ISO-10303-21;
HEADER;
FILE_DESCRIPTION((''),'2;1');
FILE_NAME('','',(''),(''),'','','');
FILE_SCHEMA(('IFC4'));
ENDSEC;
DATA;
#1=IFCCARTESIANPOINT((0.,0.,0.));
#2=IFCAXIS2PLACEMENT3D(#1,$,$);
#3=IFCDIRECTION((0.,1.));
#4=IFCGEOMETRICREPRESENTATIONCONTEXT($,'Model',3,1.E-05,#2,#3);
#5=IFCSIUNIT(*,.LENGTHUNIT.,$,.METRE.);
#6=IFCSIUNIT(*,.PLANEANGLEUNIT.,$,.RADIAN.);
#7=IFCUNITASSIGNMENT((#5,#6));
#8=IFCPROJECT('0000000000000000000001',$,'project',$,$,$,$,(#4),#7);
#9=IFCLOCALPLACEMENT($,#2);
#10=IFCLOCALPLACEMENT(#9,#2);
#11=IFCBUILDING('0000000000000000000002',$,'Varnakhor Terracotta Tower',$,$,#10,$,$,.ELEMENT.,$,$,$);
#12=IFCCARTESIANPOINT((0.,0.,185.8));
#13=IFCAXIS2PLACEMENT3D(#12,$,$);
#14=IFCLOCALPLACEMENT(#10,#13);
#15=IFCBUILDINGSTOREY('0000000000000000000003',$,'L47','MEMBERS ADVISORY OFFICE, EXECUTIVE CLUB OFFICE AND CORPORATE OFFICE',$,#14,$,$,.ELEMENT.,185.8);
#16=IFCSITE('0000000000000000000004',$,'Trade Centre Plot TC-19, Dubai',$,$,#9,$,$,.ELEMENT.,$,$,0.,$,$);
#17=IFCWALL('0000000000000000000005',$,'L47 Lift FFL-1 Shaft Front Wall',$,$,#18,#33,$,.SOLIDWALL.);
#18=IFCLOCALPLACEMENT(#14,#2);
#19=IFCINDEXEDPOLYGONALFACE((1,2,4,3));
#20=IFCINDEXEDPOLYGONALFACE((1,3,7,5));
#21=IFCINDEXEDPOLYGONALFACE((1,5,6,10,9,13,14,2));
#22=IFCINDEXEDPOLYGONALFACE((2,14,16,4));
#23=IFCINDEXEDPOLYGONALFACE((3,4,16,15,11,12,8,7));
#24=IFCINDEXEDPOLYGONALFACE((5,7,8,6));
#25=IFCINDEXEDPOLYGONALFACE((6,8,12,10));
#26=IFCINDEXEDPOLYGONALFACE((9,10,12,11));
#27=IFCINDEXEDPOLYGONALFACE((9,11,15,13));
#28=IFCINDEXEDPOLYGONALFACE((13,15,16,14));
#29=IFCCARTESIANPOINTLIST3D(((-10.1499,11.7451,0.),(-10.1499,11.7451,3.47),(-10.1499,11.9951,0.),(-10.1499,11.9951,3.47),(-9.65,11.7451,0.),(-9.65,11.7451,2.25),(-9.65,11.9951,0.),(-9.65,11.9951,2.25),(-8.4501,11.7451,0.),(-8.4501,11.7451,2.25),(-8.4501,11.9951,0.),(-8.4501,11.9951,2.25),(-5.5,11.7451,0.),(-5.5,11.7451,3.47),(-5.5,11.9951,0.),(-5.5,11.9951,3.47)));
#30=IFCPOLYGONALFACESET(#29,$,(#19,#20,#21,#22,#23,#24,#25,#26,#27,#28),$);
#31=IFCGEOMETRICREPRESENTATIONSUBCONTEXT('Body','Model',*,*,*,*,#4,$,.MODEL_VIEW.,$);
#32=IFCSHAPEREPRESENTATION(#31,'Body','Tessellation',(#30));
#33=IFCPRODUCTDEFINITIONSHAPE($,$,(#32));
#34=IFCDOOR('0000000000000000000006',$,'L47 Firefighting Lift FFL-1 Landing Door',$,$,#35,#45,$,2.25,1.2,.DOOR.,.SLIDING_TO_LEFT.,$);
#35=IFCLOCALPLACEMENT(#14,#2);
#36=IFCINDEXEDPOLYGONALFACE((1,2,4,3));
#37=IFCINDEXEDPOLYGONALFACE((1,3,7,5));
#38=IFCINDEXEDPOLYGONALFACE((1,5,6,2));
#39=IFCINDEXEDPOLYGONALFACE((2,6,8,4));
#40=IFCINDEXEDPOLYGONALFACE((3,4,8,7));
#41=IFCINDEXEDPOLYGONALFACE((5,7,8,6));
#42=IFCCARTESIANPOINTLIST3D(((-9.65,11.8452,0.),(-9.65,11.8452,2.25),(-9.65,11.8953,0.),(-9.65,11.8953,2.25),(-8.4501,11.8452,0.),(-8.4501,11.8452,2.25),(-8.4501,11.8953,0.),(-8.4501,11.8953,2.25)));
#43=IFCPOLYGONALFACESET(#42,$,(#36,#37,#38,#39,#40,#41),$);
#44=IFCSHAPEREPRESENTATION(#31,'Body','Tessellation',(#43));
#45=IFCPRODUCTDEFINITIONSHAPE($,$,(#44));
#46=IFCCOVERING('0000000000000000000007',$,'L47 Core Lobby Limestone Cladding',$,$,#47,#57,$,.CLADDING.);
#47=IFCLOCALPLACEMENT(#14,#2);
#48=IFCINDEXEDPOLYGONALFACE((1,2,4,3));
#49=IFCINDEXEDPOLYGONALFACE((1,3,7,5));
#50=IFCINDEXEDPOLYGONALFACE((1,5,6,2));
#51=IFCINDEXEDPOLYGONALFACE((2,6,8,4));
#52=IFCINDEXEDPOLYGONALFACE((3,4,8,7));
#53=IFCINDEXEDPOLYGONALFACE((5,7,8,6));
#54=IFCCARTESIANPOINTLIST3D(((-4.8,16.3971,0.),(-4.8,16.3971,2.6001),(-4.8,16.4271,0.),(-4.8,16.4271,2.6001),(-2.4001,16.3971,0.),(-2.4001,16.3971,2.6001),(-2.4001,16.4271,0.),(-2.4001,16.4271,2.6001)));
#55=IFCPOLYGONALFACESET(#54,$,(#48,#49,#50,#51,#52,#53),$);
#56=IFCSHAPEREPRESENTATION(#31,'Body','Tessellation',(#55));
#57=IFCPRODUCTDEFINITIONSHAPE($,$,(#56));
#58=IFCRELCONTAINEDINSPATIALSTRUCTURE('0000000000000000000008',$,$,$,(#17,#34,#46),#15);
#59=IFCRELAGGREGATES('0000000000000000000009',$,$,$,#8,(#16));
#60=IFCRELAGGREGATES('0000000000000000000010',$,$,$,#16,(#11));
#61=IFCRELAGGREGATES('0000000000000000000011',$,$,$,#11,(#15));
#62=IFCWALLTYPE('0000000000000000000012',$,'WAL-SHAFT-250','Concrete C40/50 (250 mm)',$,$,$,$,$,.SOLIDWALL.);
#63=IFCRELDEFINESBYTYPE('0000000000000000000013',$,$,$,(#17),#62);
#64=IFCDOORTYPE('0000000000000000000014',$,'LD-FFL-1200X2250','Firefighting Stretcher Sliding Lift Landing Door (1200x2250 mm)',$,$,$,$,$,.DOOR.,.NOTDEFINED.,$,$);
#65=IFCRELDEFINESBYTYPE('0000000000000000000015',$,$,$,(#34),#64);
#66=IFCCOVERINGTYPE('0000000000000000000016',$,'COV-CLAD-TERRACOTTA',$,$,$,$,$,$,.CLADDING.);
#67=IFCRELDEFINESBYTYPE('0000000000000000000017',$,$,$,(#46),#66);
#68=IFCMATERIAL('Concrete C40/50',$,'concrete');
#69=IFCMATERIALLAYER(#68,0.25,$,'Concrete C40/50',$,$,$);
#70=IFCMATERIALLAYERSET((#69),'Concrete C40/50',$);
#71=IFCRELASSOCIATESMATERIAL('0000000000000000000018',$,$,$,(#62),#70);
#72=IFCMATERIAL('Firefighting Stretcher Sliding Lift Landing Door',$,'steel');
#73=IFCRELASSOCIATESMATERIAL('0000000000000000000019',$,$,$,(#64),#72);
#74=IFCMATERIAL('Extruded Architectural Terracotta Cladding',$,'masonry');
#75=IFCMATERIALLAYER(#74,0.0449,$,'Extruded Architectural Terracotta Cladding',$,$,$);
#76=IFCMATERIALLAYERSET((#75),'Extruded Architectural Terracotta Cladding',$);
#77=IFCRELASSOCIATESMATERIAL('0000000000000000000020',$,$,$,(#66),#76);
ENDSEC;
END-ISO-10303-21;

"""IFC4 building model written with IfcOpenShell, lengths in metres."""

from ifc_helpers import new_model, si_unit, direction, frame, frame_2d, origin, origin_2d, place, context, subcontext, project, spatial, rectangle, extrude, source, transform, mapped, material, layer, layer_set, type_object, type_shapes, element, fill, save


model = new_model("IFC4")

# Units and contexts
model_context = context("Model", 3, precision=1e-05, world=origin(), true_north=direction((0.0, 1.0)))
body_context = subcontext(model_context, "Body", "Model", "MODEL_VIEW")
ifc_project = project(units=[si_unit("LENGTHUNIT", "METRE"), si_unit("PLANEANGLEUNIT", "RADIAN")], contexts=[model_context])

# Site, building, storey
site_placement = place(None, origin())
site = spatial("IfcSite", under=ifc_project, at=site_placement, Name="Trade Centre Plot TC-19, Dubai", CompositionType="ELEMENT", RefElevation=0.0)
building_placement = place(site_placement, origin())
building = spatial("IfcBuilding", under=site, at=building_placement, Name="Varnakhor Terracotta Tower", CompositionType="ELEMENT")
storey_placement = place(building_placement, frame((0.0, 0.0, 185.8)))
storey = spatial("IfcBuildingStorey", under=building, at=storey_placement, Name="L47", Description="MEMBERS ADVISORY OFFICE, EXECUTIVE CLUB OFFICE AND CORPORATE OFFICE", CompositionType="ELEMENT", Elevation=185.8)

# Shared definitions
ifc_material_1 = material(Name="Concrete C40/50", Category="concrete")

# Wall, opening, door
ifc_layer_1 = layer(ifc_material_1, 0.25, Name="Concrete C40/50")
ifc_layer_set_1 = layer_set([ifc_layer_1], Name="Concrete C40/50")
wall_type_1 = type_object("IfcWallType", Name="WAL-SHAFT-250", Description="Concrete C40/50 (250 mm)", PredefinedType="SOLIDWALL", material=ifc_layer_set_1)
wall_1_placement = place(storey_placement, frame((-5.5, 11.8701, 0.0), z_axis=(0.0, 0.0, 1.0), x_axis=(-1.0, 0.0, 0.0)))
wall_1 = element("IfcWall", 1, at=wall_1_placement, inside=storey, type_object=wall_type_1, Name="L47 Lift FFL-1 Shaft Front Wall", PredefinedType="SOLIDWALL", context=body_context, shape_type="SweptSolid", body=[
    extrude(rectangle(XDim=4.6499, YDim=0.25, at=frame_2d((2.325, 0.0))), origin(), (0.0, 0.0, 1.0), 3.47),
])
opening_1_placement = place(wall_1_placement, frame((2.95, 0.0, 0.0)))
opening_1 = element("IfcOpeningElement", 2, at=opening_1_placement, cuts=wall_1, PredefinedType="OPENING", context=body_context, shape_type="SweptSolid", body=[
    extrude(rectangle(XDim=1.2, YDim=2.25, at=frame_2d((0.6001, 1.125))), frame((0.0, 0.135, 0.0), z_axis=(0.0, -1.0, 0.0), x_axis=(1.0, 0.0, 0.0)), (0.0, 0.0, 1.0), 0.27),
])
ifc_material_2 = material(Name="Firefighting Stretcher Sliding Lift Landing Door", Category="steel")
door_type_1 = type_object("IfcDoorType", Name="LD-FFL-1200X2250", Description="Firefighting Stretcher Sliding Lift Landing Door (1200x2250 mm)", OperationType="NOTDEFINED", PredefinedType="DOOR", material=ifc_material_2)
shared_shape_1 = source(origin(), body_context, "Body", "SweptSolid", [
    extrude(rectangle(XDim=1.2, YDim=2.25, at=frame_2d((0.6001, 1.125))), frame((0.0, 0.0249, 0.0), z_axis=(0.0, -1.0, 0.0), x_axis=(1.0, 0.0, 0.0)), (0.0, 0.0, 1.0), 0.05),
])
type_shapes(door_type_1, [shared_shape_1])
door_1_placement = place(opening_1_placement, origin())
door_1 = element("IfcDoor", 3, at=door_1_placement, inside=storey, type_object=door_type_1, Name="L47 Firefighting Lift FFL-1 Landing Door", OperationType="SLIDING_TO_LEFT", OverallHeight=2.25, OverallWidth=1.2, PredefinedType="DOOR", context=body_context, shape_type="MappedRepresentation", body=[
    mapped(shared_shape_1, transform((0.0, 0.0, 0.0), scale=1.0)),
])
fill(opening_1, door_1)

# Covering
ifc_material_3 = material(Name="Extruded Architectural Terracotta Cladding", Category="masonry")
ifc_layer_2 = layer(ifc_material_3, 0.0449, Name="Extruded Architectural Terracotta Cladding")
ifc_layer_set_2 = layer_set([ifc_layer_2], Name="Extruded Architectural Terracotta Cladding")
covering_type = type_object("IfcCoveringType", Name="COV-CLAD-TERRACOTTA", PredefinedType="CLADDING", material=ifc_layer_set_2)
shared_shape_2 = source(origin(), body_context, "Body", "SweptSolid", [
    extrude(rectangle(XDim=2.3999, YDim=0.03, at=origin_2d()), origin(), (0.0, 0.0, 1.0), 2.6001),
])
type_shapes(covering_type, [shared_shape_2])
covering_placement = place(storey_placement, frame((-3.6001, 16.4121, 0.0), z_axis=(0.0, 0.0, 1.0), x_axis=(1.0, 0.0, 0.0)))
element("IfcCovering", 4, at=covering_placement, inside=storey, type_object=covering_type, Name="L47 Core Lobby Limestone Cladding", PredefinedType="CLADDING", context=body_context, shape_type="MappedRepresentation", body=[
    mapped(shared_shape_2, transform((0.0, 0.0, 0.0), scale=1.0)),
])

save(model, "model.ifc")
